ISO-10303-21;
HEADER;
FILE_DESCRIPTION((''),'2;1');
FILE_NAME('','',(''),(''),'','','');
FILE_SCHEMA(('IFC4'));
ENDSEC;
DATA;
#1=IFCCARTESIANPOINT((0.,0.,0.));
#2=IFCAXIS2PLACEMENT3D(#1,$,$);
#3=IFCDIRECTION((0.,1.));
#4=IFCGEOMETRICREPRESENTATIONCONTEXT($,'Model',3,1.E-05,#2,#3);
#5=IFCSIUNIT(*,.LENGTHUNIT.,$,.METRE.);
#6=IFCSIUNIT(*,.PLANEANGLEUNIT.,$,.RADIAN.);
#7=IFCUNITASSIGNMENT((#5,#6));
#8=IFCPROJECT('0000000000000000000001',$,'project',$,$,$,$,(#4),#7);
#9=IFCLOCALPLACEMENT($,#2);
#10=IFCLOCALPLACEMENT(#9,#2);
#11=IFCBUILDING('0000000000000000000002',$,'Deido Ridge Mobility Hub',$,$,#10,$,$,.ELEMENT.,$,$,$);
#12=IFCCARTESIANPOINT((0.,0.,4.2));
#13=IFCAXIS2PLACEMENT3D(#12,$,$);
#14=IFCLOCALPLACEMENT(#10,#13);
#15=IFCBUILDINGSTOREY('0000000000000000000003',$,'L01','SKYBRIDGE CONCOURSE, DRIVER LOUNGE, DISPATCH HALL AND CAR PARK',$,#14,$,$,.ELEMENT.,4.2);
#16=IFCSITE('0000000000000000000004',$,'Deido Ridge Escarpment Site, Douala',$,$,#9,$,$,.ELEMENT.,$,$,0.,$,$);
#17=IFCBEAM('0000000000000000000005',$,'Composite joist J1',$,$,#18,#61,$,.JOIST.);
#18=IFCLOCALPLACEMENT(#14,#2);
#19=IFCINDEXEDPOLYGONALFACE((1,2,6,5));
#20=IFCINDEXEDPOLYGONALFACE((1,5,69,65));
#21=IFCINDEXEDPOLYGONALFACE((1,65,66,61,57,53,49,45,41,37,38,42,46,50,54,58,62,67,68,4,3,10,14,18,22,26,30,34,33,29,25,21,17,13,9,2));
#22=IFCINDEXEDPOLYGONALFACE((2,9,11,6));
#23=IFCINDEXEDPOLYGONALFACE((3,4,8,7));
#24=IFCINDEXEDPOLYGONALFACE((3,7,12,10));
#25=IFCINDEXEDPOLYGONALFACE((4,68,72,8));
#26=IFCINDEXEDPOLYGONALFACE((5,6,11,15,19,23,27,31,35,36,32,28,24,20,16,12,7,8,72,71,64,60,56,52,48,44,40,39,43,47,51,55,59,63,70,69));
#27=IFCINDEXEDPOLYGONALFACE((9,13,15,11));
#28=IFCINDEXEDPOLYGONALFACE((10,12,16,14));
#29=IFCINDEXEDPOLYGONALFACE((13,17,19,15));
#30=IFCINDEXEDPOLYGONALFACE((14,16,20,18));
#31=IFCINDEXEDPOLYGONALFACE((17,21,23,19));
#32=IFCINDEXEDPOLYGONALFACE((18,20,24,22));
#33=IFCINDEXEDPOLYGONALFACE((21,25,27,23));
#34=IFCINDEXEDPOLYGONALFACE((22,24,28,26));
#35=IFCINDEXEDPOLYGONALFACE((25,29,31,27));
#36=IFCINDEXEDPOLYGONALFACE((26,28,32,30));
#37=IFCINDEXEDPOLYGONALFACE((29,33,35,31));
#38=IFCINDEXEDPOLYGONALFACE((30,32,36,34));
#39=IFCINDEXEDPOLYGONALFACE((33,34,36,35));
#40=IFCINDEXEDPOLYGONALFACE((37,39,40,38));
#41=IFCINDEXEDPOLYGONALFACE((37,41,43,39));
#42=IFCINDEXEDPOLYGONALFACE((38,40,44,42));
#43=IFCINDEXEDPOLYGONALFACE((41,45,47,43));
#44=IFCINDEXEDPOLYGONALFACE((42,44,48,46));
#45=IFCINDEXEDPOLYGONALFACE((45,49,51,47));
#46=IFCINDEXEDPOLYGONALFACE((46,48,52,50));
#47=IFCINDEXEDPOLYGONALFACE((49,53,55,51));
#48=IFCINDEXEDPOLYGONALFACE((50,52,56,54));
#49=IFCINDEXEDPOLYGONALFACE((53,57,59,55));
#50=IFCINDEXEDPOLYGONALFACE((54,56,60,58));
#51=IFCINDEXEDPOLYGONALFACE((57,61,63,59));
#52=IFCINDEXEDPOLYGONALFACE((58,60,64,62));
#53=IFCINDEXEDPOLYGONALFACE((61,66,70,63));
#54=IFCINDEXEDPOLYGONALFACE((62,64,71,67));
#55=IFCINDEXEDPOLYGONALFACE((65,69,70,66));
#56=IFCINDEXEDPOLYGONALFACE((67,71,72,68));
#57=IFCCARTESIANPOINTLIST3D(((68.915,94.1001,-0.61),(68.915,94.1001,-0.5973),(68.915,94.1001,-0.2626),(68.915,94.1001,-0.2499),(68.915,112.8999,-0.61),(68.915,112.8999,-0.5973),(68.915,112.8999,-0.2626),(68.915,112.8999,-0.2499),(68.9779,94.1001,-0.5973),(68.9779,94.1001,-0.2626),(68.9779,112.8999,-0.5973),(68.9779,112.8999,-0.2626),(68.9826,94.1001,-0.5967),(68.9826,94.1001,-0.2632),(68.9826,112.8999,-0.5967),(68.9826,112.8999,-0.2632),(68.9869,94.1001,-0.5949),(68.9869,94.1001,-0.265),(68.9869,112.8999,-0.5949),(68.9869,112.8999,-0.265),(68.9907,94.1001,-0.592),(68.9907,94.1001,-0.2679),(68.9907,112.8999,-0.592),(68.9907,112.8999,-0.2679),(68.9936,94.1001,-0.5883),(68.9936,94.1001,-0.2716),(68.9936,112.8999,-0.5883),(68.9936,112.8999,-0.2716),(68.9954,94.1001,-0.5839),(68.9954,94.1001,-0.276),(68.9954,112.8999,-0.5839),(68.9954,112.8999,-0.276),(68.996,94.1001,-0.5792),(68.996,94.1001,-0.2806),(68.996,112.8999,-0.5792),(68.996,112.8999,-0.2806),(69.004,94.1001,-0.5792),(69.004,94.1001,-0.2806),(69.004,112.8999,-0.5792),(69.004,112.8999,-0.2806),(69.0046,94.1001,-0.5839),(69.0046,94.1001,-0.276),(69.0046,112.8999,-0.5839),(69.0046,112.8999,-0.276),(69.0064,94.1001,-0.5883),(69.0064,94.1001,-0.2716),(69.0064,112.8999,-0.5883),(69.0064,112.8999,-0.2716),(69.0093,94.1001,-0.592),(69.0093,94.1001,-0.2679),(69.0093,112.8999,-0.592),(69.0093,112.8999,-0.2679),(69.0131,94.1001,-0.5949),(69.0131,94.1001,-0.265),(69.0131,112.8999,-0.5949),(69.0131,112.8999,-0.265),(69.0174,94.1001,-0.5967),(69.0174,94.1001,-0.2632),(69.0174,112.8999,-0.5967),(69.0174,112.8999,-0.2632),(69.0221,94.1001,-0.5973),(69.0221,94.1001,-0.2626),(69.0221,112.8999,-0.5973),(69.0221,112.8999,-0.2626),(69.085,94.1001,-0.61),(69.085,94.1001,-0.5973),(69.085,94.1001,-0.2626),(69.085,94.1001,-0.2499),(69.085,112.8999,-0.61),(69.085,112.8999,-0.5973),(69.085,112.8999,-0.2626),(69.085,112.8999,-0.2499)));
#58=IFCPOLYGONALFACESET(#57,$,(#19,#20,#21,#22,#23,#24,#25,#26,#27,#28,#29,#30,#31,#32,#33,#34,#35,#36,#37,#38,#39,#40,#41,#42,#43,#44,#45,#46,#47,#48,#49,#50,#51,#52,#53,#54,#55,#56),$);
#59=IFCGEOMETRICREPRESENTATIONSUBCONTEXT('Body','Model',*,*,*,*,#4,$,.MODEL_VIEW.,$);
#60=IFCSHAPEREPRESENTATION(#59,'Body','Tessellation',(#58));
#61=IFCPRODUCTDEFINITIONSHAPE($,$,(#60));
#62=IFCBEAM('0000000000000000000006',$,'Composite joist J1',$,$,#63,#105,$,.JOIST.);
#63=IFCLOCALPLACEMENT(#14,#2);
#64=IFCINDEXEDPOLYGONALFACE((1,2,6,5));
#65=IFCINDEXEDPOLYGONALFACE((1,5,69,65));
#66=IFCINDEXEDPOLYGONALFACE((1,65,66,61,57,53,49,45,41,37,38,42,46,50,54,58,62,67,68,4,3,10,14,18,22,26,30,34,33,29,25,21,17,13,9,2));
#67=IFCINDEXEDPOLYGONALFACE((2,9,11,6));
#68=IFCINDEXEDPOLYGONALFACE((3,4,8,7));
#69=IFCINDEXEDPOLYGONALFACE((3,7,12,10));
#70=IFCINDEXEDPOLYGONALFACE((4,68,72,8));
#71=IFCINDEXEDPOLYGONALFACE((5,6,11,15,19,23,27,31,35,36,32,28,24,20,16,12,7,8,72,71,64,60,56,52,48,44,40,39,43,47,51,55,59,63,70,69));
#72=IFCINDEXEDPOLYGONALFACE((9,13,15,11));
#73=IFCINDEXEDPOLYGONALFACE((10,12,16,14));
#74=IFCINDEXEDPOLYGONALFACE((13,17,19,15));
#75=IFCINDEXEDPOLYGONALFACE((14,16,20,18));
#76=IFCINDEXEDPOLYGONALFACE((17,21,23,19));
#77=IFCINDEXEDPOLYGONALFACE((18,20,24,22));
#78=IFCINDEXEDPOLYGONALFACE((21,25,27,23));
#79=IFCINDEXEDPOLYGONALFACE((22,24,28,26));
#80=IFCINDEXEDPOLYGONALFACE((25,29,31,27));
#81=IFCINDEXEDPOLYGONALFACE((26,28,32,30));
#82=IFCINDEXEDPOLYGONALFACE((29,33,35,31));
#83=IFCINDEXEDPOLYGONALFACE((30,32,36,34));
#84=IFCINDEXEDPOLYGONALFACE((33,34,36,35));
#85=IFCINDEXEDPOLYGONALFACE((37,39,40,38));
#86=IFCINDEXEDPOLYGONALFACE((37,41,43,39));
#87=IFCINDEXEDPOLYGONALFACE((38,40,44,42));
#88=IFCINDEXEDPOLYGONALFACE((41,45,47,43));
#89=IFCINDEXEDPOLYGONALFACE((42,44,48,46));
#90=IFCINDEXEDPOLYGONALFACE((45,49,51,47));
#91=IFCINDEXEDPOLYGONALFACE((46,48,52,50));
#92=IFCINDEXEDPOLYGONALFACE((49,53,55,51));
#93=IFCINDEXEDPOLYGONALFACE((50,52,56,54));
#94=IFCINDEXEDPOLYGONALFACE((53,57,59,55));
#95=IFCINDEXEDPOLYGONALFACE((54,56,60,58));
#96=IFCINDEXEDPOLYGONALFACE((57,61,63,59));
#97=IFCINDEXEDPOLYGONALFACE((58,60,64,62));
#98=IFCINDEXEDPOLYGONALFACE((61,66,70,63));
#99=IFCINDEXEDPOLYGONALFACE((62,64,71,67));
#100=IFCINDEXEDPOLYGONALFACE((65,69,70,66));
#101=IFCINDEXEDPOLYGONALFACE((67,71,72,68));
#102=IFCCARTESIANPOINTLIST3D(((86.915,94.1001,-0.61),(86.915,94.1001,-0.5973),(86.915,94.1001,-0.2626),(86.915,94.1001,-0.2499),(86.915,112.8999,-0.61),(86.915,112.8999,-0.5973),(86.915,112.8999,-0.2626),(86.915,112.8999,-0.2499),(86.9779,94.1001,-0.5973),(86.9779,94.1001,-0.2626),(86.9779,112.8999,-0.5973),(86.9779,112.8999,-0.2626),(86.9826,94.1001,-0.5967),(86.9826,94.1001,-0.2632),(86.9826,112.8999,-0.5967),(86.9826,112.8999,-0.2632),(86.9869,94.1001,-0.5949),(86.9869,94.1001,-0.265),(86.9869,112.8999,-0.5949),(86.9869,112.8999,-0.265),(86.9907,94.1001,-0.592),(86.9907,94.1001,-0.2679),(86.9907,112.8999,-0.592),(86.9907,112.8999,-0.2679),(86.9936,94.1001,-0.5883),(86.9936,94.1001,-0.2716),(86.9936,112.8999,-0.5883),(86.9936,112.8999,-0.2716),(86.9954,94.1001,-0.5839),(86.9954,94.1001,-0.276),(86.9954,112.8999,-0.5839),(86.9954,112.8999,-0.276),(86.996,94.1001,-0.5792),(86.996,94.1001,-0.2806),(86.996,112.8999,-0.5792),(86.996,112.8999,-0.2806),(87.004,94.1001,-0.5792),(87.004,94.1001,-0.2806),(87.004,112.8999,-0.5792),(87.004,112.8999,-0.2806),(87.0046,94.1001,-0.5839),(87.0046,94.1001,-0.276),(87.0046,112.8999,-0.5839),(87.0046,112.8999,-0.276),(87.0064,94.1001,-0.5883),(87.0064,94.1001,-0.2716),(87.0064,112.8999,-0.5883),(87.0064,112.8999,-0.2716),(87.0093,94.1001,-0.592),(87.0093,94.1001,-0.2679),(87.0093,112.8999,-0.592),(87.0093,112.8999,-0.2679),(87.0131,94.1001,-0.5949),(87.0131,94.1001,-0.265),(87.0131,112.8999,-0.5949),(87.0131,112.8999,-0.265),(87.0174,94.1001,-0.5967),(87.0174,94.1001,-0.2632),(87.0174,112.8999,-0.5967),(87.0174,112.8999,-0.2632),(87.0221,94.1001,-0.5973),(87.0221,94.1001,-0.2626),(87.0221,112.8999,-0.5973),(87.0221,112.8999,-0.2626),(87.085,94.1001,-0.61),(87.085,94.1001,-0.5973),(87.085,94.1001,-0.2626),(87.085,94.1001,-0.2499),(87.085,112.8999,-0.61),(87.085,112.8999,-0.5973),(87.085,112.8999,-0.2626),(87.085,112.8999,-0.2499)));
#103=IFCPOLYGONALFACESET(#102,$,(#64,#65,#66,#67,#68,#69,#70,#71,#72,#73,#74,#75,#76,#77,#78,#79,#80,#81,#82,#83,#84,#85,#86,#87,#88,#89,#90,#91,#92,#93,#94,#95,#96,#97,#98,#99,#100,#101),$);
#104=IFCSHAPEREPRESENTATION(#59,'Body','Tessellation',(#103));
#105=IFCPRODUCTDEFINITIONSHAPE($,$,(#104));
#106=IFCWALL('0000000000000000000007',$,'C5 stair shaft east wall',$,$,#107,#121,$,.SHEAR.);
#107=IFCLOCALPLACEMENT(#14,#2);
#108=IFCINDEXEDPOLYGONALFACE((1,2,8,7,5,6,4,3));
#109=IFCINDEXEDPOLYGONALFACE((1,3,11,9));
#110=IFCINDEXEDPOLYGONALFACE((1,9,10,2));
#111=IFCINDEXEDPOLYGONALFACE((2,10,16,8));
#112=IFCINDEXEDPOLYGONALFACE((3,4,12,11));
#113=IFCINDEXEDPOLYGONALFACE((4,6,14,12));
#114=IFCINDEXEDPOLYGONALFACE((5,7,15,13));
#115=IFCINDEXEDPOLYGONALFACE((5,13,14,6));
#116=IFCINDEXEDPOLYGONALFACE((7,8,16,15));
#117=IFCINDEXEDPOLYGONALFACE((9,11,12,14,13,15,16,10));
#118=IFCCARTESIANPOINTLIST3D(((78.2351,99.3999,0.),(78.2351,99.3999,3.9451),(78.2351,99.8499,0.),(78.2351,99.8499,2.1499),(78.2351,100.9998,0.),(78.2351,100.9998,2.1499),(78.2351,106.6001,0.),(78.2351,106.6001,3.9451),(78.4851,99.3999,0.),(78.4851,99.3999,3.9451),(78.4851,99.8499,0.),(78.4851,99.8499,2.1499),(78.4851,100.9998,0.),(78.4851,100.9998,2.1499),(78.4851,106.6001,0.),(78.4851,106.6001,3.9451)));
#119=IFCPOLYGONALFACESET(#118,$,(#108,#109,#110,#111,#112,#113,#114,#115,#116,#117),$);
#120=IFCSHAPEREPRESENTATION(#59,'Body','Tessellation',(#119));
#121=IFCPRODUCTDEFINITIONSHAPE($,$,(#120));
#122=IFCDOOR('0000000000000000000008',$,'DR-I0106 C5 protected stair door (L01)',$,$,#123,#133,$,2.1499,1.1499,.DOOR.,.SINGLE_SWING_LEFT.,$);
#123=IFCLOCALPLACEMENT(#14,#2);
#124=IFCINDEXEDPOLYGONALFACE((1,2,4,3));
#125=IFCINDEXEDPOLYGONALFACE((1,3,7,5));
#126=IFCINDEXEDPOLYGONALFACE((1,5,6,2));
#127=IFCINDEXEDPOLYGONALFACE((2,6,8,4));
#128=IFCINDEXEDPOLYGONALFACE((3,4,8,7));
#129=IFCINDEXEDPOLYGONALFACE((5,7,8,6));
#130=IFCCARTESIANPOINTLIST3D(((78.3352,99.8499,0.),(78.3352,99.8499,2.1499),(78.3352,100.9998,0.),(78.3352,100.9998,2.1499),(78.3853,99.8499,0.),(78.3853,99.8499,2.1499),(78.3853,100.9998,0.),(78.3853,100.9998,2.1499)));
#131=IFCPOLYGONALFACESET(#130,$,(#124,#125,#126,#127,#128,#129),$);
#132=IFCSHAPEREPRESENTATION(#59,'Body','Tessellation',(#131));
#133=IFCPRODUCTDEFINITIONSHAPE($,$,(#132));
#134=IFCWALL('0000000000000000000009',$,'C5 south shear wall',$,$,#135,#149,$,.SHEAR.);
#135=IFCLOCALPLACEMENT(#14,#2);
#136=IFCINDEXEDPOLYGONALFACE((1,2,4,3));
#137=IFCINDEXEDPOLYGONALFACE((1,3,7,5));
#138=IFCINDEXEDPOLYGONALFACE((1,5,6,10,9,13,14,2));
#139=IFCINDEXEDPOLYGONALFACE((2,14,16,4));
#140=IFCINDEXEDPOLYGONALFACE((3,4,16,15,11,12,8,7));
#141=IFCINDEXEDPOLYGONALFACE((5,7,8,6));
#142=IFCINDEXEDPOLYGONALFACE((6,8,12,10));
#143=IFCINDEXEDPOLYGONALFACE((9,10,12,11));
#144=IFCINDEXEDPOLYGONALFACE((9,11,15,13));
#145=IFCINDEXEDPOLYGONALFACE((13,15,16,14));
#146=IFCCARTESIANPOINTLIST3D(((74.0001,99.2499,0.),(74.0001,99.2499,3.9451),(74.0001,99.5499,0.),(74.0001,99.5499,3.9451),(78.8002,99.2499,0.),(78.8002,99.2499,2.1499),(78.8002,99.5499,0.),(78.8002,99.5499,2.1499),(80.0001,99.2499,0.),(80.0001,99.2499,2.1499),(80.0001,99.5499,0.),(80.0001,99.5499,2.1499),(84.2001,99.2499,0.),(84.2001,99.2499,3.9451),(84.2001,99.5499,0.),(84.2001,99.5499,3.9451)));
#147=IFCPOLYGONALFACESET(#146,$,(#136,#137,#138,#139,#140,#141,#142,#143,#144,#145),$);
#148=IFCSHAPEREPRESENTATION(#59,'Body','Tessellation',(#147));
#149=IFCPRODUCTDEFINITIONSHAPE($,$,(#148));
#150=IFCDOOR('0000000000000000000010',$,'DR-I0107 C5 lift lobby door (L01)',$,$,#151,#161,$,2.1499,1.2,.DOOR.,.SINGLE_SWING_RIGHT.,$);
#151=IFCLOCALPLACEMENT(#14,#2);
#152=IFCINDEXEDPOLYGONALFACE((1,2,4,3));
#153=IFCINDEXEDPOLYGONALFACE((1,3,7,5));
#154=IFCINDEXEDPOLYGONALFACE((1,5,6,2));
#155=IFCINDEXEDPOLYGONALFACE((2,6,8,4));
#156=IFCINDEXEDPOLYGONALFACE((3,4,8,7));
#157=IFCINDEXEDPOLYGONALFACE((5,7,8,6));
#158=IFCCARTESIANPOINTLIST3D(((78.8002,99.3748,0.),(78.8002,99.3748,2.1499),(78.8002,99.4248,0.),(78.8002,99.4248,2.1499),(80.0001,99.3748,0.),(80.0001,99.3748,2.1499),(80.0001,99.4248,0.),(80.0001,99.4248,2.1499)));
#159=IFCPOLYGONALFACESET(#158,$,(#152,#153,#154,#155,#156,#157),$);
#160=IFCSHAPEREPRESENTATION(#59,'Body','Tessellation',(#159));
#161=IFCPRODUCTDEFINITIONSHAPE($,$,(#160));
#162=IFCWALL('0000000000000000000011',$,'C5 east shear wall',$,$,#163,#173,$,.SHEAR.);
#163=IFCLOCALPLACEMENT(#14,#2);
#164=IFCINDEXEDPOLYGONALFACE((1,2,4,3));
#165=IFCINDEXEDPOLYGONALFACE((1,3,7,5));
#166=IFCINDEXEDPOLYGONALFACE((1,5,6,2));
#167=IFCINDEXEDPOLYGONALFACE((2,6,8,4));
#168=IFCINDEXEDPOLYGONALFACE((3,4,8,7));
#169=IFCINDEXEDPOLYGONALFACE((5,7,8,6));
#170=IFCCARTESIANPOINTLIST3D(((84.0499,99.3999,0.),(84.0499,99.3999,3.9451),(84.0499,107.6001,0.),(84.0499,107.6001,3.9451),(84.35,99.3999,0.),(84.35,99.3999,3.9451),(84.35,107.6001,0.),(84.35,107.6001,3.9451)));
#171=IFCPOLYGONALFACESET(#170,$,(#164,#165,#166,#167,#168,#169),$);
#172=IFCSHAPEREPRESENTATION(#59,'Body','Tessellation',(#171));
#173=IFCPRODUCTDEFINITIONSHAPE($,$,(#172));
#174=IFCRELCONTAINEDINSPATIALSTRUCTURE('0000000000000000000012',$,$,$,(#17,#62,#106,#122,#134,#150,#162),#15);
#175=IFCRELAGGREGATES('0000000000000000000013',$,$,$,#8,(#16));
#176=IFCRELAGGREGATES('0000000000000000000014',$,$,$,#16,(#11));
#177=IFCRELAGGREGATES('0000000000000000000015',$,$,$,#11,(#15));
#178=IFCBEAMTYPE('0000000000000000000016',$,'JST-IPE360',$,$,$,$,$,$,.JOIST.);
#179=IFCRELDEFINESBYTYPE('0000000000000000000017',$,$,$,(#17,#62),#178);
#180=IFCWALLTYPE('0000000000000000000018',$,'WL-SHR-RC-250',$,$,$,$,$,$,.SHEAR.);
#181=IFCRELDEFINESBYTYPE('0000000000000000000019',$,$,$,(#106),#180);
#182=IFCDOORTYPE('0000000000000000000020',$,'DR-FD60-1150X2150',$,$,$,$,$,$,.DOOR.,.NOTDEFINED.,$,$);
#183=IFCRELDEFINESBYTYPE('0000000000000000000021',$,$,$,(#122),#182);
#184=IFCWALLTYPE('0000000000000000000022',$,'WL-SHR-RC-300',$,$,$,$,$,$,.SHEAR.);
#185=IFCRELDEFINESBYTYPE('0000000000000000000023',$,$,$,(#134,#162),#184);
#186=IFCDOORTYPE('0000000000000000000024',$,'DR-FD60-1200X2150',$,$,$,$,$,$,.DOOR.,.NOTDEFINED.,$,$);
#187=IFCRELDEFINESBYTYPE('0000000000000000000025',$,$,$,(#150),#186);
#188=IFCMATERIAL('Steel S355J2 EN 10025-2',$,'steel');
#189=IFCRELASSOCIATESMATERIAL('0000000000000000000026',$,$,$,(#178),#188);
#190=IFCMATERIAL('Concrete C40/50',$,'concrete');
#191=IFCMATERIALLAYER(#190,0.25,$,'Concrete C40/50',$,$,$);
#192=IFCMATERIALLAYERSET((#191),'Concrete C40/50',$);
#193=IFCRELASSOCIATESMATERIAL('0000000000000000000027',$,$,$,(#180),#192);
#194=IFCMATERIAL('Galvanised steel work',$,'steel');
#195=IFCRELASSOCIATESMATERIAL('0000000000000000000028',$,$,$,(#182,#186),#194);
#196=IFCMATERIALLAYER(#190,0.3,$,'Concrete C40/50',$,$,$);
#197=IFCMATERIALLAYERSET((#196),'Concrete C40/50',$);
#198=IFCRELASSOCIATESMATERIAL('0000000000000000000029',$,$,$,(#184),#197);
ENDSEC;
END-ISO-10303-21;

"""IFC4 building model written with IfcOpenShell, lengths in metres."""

from ifc_helpers import new_model, si_unit, direction, frame, frame_2d, origin, origin_2d, place, context, subcontext, project, spatial, rectangle, i_section, extrude, material, layer, layer_set, material_profile, profile_set, type_object, element, fill, save


model = new_model("IFC4")

# Units and contexts
model_context = context("Model", 3, precision=1e-05, world=origin(), true_north=direction((0.0, 1.0)))
body_context = subcontext(model_context, "Body", "Model", "MODEL_VIEW")
ifc_project = project(units=[si_unit("LENGTHUNIT", "METRE"), si_unit("PLANEANGLEUNIT", "RADIAN")], contexts=[model_context])

# Site, building, storey
site_placement = place(None, origin())
site = spatial("IfcSite", under=ifc_project, at=site_placement, Name="Deido Ridge Escarpment Site, Douala", CompositionType="ELEMENT", RefElevation=0.0)
building_placement = place(site_placement, origin())
building = spatial("IfcBuilding", under=site, at=building_placement, Name="Deido Ridge Mobility Hub", CompositionType="ELEMENT")
storey_placement = place(building_placement, frame((0.0, 0.0, 4.2)))
storey = spatial("IfcBuildingStorey", under=building, at=storey_placement, Name="L01", Description="SKYBRIDGE CONCOURSE, DRIVER LOUNGE, DISPATCH HALL AND CAR PARK", CompositionType="ELEMENT", Elevation=4.2)

# Shared definitions
ifc_material_1 = material(Name="Steel S355J2 EN 10025-2", Category="steel")

# Beams
ifc_material_profile_1 = material_profile(ifc_material_1, i_section(OverallWidth=0.1699, OverallDepth=0.3601, WebThickness=0.0081, FlangeThickness=0.0127, FilletRadius=0.0181, at=origin_2d()), Name="IPE 360")
ifc_profile_set_1 = profile_set([ifc_material_profile_1], Name="Steel S355J2 EN 10025-2")
beam_type_1 = type_object("IfcBeamType", Name="JST-IPE360", PredefinedType="JOIST", material=ifc_profile_set_1)
for number, where, z_axis, x_axis, name in (
    (1, (69.0, 94.1001, -0.4299), (0.0, 1.0, 0.0), (-1.0, 0.0, 0.0), "Composite joist J1"),
    (2, (87.0, 94.1001, -0.4299), (0.0, 1.0, 0.0), (-1.0, 0.0, 0.0), "Composite joist J1"),
):
    element("IfcBeam", number, at=place(storey_placement, frame(where, z_axis=z_axis, x_axis=x_axis)), inside=storey, type_object=beam_type_1, Name=name, PredefinedType="JOIST", context=body_context, shape_type="SweptSolid", body=[
        extrude(i_section(OverallWidth=0.1699, OverallDepth=0.3601, WebThickness=0.0081, FlangeThickness=0.0127, FilletRadius=0.0181, at=origin_2d()), origin(), (0.0, 0.0, 1.0), 18.7998),
    ])

# Walls, openings, doors
ifc_material_2 = material(Name="Concrete C40/50", Category="concrete")
ifc_layer_1 = layer(ifc_material_2, 0.25, Name="Concrete C40/50")
ifc_layer_set_1 = layer_set([ifc_layer_1], Name="Concrete C40/50")
wall_type_1 = type_object("IfcWallType", Name="WL-SHR-RC-250", PredefinedType="SHEAR", material=ifc_layer_set_1)
wall_1_placement = place(storey_placement, frame((78.3601, 99.3999, 0.0), z_axis=(0.0, 0.0, 1.0), x_axis=(0.0, 1.0, 0.0)))
wall_1 = element("IfcWall", 3, at=wall_1_placement, inside=storey, type_object=wall_type_1, Name="C5 stair shaft east wall", PredefinedType="SHEAR", context=body_context, shape_type="SweptSolid", body=[
    extrude(rectangle(XDim=7.2002, YDim=0.25, at=frame_2d((3.6001, 0.0))), origin(), (0.0, 0.0, 1.0), 3.9451),
])
opening_1_placement = place(wall_1_placement, frame((0.45, 0.0, 0.0)))
opening_1 = element("IfcOpeningElement", 4, at=opening_1_placement, cuts=wall_1, PredefinedType="OPENING", context=body_context, shape_type="SweptSolid", body=[
    extrude(rectangle(XDim=1.1499, YDim=2.1499, at=frame_2d((0.575, 1.075))), frame((0.0, 0.135, 0.0), z_axis=(0.0, -1.0, 0.0), x_axis=(1.0, 0.0, 0.0)), (0.0, 0.0, 1.0), 0.27),
])
ifc_material_3 = material(Name="Galvanised steel work", Category="steel")
door_type_1 = type_object("IfcDoorType", Name="DR-FD60-1150X2150", OperationType="NOTDEFINED", PredefinedType="DOOR", material=ifc_material_3)
door_1_placement = place(opening_1_placement, origin())
door_1 = element("IfcDoor", 5, at=door_1_placement, inside=storey, type_object=door_type_1, Name="DR-I0106 C5 protected stair door (L01)", OperationType="SINGLE_SWING_LEFT", OverallHeight=2.1499, OverallWidth=1.1499, PredefinedType="DOOR", context=body_context, shape_type="SweptSolid", body=[
    extrude(rectangle(XDim=1.1499, YDim=2.1499, at=frame_2d((0.575, 1.075))), frame((0.0, 0.0249, 0.0), z_axis=(0.0, -1.0, 0.0), x_axis=(1.0, 0.0, 0.0)), (0.0, 0.0, 1.0), 0.05),
])
fill(opening_1, door_1)
ifc_layer_2 = layer(ifc_material_2, 0.3, Name="Concrete C40/50")
ifc_layer_set_2 = layer_set([ifc_layer_2], Name="Concrete C40/50")
wall_type_2 = type_object("IfcWallType", Name="WL-SHR-RC-300", PredefinedType="SHEAR", material=ifc_layer_set_2)
wall_2_placement = place(storey_placement, frame((74.0, 99.3999, 0.0), z_axis=(0.0, 0.0, 1.0), x_axis=(1.0, 0.0, 0.0)))
wall_2 = element("IfcWall", 6, at=wall_2_placement, inside=storey, type_object=wall_type_2, Name="C5 south shear wall", PredefinedType="SHEAR", context=body_context, shape_type="SweptSolid", body=[
    extrude(rectangle(XDim=10.2, YDim=0.3, at=frame_2d((5.1001, 0.0))), origin(), (0.0, 0.0, 1.0), 3.9451),
])
opening_2_placement = place(wall_2_placement, frame((4.8, 0.0, 0.0)))
opening_2 = element("IfcOpeningElement", 7, at=opening_2_placement, cuts=wall_2, PredefinedType="OPENING", context=body_context, shape_type="SweptSolid", body=[
    extrude(rectangle(XDim=1.2, YDim=2.1499, at=frame_2d((0.6001, 1.075))), frame((0.0, 0.1602, 0.0), z_axis=(0.0, -1.0, 0.0), x_axis=(1.0, 0.0, 0.0)), (0.0, 0.0, 1.0), 0.3201),
])
door_type_2 = type_object("IfcDoorType", Name="DR-FD60-1200X2150", OperationType="NOTDEFINED", PredefinedType="DOOR", material=ifc_material_3)
door_2_placement = place(opening_2_placement, origin())
door_2 = element("IfcDoor", 8, at=door_2_placement, inside=storey, type_object=door_type_2, Name="DR-I0107 C5 lift lobby door (L01)", OperationType="SINGLE_SWING_RIGHT", OverallHeight=2.1499, OverallWidth=1.2, PredefinedType="DOOR", context=body_context, shape_type="SweptSolid", body=[
    extrude(rectangle(XDim=1.2, YDim=2.1499, at=frame_2d((0.6001, 1.075))), frame((0.0, 0.0249, 0.0), z_axis=(0.0, -1.0, 0.0), x_axis=(1.0, 0.0, 0.0)), (0.0, 0.0, 1.0), 0.05),
])
fill(opening_2, door_2)

# Wall
wall_3_placement = place(storey_placement, frame((84.2, 99.3999, 0.0), z_axis=(0.0, 0.0, 1.0), x_axis=(0.0, 1.0, 0.0)))
element("IfcWall", 9, at=wall_3_placement, inside=storey, type_object=wall_type_2, Name="C5 east shear wall", PredefinedType="SHEAR", context=body_context, shape_type="SweptSolid", body=[
    extrude(rectangle(XDim=8.2002, YDim=0.3, at=frame_2d((4.1001, 0.0))), origin(), (0.0, 0.0, 1.0), 3.9451),
])

save(model, "model.ifc")
